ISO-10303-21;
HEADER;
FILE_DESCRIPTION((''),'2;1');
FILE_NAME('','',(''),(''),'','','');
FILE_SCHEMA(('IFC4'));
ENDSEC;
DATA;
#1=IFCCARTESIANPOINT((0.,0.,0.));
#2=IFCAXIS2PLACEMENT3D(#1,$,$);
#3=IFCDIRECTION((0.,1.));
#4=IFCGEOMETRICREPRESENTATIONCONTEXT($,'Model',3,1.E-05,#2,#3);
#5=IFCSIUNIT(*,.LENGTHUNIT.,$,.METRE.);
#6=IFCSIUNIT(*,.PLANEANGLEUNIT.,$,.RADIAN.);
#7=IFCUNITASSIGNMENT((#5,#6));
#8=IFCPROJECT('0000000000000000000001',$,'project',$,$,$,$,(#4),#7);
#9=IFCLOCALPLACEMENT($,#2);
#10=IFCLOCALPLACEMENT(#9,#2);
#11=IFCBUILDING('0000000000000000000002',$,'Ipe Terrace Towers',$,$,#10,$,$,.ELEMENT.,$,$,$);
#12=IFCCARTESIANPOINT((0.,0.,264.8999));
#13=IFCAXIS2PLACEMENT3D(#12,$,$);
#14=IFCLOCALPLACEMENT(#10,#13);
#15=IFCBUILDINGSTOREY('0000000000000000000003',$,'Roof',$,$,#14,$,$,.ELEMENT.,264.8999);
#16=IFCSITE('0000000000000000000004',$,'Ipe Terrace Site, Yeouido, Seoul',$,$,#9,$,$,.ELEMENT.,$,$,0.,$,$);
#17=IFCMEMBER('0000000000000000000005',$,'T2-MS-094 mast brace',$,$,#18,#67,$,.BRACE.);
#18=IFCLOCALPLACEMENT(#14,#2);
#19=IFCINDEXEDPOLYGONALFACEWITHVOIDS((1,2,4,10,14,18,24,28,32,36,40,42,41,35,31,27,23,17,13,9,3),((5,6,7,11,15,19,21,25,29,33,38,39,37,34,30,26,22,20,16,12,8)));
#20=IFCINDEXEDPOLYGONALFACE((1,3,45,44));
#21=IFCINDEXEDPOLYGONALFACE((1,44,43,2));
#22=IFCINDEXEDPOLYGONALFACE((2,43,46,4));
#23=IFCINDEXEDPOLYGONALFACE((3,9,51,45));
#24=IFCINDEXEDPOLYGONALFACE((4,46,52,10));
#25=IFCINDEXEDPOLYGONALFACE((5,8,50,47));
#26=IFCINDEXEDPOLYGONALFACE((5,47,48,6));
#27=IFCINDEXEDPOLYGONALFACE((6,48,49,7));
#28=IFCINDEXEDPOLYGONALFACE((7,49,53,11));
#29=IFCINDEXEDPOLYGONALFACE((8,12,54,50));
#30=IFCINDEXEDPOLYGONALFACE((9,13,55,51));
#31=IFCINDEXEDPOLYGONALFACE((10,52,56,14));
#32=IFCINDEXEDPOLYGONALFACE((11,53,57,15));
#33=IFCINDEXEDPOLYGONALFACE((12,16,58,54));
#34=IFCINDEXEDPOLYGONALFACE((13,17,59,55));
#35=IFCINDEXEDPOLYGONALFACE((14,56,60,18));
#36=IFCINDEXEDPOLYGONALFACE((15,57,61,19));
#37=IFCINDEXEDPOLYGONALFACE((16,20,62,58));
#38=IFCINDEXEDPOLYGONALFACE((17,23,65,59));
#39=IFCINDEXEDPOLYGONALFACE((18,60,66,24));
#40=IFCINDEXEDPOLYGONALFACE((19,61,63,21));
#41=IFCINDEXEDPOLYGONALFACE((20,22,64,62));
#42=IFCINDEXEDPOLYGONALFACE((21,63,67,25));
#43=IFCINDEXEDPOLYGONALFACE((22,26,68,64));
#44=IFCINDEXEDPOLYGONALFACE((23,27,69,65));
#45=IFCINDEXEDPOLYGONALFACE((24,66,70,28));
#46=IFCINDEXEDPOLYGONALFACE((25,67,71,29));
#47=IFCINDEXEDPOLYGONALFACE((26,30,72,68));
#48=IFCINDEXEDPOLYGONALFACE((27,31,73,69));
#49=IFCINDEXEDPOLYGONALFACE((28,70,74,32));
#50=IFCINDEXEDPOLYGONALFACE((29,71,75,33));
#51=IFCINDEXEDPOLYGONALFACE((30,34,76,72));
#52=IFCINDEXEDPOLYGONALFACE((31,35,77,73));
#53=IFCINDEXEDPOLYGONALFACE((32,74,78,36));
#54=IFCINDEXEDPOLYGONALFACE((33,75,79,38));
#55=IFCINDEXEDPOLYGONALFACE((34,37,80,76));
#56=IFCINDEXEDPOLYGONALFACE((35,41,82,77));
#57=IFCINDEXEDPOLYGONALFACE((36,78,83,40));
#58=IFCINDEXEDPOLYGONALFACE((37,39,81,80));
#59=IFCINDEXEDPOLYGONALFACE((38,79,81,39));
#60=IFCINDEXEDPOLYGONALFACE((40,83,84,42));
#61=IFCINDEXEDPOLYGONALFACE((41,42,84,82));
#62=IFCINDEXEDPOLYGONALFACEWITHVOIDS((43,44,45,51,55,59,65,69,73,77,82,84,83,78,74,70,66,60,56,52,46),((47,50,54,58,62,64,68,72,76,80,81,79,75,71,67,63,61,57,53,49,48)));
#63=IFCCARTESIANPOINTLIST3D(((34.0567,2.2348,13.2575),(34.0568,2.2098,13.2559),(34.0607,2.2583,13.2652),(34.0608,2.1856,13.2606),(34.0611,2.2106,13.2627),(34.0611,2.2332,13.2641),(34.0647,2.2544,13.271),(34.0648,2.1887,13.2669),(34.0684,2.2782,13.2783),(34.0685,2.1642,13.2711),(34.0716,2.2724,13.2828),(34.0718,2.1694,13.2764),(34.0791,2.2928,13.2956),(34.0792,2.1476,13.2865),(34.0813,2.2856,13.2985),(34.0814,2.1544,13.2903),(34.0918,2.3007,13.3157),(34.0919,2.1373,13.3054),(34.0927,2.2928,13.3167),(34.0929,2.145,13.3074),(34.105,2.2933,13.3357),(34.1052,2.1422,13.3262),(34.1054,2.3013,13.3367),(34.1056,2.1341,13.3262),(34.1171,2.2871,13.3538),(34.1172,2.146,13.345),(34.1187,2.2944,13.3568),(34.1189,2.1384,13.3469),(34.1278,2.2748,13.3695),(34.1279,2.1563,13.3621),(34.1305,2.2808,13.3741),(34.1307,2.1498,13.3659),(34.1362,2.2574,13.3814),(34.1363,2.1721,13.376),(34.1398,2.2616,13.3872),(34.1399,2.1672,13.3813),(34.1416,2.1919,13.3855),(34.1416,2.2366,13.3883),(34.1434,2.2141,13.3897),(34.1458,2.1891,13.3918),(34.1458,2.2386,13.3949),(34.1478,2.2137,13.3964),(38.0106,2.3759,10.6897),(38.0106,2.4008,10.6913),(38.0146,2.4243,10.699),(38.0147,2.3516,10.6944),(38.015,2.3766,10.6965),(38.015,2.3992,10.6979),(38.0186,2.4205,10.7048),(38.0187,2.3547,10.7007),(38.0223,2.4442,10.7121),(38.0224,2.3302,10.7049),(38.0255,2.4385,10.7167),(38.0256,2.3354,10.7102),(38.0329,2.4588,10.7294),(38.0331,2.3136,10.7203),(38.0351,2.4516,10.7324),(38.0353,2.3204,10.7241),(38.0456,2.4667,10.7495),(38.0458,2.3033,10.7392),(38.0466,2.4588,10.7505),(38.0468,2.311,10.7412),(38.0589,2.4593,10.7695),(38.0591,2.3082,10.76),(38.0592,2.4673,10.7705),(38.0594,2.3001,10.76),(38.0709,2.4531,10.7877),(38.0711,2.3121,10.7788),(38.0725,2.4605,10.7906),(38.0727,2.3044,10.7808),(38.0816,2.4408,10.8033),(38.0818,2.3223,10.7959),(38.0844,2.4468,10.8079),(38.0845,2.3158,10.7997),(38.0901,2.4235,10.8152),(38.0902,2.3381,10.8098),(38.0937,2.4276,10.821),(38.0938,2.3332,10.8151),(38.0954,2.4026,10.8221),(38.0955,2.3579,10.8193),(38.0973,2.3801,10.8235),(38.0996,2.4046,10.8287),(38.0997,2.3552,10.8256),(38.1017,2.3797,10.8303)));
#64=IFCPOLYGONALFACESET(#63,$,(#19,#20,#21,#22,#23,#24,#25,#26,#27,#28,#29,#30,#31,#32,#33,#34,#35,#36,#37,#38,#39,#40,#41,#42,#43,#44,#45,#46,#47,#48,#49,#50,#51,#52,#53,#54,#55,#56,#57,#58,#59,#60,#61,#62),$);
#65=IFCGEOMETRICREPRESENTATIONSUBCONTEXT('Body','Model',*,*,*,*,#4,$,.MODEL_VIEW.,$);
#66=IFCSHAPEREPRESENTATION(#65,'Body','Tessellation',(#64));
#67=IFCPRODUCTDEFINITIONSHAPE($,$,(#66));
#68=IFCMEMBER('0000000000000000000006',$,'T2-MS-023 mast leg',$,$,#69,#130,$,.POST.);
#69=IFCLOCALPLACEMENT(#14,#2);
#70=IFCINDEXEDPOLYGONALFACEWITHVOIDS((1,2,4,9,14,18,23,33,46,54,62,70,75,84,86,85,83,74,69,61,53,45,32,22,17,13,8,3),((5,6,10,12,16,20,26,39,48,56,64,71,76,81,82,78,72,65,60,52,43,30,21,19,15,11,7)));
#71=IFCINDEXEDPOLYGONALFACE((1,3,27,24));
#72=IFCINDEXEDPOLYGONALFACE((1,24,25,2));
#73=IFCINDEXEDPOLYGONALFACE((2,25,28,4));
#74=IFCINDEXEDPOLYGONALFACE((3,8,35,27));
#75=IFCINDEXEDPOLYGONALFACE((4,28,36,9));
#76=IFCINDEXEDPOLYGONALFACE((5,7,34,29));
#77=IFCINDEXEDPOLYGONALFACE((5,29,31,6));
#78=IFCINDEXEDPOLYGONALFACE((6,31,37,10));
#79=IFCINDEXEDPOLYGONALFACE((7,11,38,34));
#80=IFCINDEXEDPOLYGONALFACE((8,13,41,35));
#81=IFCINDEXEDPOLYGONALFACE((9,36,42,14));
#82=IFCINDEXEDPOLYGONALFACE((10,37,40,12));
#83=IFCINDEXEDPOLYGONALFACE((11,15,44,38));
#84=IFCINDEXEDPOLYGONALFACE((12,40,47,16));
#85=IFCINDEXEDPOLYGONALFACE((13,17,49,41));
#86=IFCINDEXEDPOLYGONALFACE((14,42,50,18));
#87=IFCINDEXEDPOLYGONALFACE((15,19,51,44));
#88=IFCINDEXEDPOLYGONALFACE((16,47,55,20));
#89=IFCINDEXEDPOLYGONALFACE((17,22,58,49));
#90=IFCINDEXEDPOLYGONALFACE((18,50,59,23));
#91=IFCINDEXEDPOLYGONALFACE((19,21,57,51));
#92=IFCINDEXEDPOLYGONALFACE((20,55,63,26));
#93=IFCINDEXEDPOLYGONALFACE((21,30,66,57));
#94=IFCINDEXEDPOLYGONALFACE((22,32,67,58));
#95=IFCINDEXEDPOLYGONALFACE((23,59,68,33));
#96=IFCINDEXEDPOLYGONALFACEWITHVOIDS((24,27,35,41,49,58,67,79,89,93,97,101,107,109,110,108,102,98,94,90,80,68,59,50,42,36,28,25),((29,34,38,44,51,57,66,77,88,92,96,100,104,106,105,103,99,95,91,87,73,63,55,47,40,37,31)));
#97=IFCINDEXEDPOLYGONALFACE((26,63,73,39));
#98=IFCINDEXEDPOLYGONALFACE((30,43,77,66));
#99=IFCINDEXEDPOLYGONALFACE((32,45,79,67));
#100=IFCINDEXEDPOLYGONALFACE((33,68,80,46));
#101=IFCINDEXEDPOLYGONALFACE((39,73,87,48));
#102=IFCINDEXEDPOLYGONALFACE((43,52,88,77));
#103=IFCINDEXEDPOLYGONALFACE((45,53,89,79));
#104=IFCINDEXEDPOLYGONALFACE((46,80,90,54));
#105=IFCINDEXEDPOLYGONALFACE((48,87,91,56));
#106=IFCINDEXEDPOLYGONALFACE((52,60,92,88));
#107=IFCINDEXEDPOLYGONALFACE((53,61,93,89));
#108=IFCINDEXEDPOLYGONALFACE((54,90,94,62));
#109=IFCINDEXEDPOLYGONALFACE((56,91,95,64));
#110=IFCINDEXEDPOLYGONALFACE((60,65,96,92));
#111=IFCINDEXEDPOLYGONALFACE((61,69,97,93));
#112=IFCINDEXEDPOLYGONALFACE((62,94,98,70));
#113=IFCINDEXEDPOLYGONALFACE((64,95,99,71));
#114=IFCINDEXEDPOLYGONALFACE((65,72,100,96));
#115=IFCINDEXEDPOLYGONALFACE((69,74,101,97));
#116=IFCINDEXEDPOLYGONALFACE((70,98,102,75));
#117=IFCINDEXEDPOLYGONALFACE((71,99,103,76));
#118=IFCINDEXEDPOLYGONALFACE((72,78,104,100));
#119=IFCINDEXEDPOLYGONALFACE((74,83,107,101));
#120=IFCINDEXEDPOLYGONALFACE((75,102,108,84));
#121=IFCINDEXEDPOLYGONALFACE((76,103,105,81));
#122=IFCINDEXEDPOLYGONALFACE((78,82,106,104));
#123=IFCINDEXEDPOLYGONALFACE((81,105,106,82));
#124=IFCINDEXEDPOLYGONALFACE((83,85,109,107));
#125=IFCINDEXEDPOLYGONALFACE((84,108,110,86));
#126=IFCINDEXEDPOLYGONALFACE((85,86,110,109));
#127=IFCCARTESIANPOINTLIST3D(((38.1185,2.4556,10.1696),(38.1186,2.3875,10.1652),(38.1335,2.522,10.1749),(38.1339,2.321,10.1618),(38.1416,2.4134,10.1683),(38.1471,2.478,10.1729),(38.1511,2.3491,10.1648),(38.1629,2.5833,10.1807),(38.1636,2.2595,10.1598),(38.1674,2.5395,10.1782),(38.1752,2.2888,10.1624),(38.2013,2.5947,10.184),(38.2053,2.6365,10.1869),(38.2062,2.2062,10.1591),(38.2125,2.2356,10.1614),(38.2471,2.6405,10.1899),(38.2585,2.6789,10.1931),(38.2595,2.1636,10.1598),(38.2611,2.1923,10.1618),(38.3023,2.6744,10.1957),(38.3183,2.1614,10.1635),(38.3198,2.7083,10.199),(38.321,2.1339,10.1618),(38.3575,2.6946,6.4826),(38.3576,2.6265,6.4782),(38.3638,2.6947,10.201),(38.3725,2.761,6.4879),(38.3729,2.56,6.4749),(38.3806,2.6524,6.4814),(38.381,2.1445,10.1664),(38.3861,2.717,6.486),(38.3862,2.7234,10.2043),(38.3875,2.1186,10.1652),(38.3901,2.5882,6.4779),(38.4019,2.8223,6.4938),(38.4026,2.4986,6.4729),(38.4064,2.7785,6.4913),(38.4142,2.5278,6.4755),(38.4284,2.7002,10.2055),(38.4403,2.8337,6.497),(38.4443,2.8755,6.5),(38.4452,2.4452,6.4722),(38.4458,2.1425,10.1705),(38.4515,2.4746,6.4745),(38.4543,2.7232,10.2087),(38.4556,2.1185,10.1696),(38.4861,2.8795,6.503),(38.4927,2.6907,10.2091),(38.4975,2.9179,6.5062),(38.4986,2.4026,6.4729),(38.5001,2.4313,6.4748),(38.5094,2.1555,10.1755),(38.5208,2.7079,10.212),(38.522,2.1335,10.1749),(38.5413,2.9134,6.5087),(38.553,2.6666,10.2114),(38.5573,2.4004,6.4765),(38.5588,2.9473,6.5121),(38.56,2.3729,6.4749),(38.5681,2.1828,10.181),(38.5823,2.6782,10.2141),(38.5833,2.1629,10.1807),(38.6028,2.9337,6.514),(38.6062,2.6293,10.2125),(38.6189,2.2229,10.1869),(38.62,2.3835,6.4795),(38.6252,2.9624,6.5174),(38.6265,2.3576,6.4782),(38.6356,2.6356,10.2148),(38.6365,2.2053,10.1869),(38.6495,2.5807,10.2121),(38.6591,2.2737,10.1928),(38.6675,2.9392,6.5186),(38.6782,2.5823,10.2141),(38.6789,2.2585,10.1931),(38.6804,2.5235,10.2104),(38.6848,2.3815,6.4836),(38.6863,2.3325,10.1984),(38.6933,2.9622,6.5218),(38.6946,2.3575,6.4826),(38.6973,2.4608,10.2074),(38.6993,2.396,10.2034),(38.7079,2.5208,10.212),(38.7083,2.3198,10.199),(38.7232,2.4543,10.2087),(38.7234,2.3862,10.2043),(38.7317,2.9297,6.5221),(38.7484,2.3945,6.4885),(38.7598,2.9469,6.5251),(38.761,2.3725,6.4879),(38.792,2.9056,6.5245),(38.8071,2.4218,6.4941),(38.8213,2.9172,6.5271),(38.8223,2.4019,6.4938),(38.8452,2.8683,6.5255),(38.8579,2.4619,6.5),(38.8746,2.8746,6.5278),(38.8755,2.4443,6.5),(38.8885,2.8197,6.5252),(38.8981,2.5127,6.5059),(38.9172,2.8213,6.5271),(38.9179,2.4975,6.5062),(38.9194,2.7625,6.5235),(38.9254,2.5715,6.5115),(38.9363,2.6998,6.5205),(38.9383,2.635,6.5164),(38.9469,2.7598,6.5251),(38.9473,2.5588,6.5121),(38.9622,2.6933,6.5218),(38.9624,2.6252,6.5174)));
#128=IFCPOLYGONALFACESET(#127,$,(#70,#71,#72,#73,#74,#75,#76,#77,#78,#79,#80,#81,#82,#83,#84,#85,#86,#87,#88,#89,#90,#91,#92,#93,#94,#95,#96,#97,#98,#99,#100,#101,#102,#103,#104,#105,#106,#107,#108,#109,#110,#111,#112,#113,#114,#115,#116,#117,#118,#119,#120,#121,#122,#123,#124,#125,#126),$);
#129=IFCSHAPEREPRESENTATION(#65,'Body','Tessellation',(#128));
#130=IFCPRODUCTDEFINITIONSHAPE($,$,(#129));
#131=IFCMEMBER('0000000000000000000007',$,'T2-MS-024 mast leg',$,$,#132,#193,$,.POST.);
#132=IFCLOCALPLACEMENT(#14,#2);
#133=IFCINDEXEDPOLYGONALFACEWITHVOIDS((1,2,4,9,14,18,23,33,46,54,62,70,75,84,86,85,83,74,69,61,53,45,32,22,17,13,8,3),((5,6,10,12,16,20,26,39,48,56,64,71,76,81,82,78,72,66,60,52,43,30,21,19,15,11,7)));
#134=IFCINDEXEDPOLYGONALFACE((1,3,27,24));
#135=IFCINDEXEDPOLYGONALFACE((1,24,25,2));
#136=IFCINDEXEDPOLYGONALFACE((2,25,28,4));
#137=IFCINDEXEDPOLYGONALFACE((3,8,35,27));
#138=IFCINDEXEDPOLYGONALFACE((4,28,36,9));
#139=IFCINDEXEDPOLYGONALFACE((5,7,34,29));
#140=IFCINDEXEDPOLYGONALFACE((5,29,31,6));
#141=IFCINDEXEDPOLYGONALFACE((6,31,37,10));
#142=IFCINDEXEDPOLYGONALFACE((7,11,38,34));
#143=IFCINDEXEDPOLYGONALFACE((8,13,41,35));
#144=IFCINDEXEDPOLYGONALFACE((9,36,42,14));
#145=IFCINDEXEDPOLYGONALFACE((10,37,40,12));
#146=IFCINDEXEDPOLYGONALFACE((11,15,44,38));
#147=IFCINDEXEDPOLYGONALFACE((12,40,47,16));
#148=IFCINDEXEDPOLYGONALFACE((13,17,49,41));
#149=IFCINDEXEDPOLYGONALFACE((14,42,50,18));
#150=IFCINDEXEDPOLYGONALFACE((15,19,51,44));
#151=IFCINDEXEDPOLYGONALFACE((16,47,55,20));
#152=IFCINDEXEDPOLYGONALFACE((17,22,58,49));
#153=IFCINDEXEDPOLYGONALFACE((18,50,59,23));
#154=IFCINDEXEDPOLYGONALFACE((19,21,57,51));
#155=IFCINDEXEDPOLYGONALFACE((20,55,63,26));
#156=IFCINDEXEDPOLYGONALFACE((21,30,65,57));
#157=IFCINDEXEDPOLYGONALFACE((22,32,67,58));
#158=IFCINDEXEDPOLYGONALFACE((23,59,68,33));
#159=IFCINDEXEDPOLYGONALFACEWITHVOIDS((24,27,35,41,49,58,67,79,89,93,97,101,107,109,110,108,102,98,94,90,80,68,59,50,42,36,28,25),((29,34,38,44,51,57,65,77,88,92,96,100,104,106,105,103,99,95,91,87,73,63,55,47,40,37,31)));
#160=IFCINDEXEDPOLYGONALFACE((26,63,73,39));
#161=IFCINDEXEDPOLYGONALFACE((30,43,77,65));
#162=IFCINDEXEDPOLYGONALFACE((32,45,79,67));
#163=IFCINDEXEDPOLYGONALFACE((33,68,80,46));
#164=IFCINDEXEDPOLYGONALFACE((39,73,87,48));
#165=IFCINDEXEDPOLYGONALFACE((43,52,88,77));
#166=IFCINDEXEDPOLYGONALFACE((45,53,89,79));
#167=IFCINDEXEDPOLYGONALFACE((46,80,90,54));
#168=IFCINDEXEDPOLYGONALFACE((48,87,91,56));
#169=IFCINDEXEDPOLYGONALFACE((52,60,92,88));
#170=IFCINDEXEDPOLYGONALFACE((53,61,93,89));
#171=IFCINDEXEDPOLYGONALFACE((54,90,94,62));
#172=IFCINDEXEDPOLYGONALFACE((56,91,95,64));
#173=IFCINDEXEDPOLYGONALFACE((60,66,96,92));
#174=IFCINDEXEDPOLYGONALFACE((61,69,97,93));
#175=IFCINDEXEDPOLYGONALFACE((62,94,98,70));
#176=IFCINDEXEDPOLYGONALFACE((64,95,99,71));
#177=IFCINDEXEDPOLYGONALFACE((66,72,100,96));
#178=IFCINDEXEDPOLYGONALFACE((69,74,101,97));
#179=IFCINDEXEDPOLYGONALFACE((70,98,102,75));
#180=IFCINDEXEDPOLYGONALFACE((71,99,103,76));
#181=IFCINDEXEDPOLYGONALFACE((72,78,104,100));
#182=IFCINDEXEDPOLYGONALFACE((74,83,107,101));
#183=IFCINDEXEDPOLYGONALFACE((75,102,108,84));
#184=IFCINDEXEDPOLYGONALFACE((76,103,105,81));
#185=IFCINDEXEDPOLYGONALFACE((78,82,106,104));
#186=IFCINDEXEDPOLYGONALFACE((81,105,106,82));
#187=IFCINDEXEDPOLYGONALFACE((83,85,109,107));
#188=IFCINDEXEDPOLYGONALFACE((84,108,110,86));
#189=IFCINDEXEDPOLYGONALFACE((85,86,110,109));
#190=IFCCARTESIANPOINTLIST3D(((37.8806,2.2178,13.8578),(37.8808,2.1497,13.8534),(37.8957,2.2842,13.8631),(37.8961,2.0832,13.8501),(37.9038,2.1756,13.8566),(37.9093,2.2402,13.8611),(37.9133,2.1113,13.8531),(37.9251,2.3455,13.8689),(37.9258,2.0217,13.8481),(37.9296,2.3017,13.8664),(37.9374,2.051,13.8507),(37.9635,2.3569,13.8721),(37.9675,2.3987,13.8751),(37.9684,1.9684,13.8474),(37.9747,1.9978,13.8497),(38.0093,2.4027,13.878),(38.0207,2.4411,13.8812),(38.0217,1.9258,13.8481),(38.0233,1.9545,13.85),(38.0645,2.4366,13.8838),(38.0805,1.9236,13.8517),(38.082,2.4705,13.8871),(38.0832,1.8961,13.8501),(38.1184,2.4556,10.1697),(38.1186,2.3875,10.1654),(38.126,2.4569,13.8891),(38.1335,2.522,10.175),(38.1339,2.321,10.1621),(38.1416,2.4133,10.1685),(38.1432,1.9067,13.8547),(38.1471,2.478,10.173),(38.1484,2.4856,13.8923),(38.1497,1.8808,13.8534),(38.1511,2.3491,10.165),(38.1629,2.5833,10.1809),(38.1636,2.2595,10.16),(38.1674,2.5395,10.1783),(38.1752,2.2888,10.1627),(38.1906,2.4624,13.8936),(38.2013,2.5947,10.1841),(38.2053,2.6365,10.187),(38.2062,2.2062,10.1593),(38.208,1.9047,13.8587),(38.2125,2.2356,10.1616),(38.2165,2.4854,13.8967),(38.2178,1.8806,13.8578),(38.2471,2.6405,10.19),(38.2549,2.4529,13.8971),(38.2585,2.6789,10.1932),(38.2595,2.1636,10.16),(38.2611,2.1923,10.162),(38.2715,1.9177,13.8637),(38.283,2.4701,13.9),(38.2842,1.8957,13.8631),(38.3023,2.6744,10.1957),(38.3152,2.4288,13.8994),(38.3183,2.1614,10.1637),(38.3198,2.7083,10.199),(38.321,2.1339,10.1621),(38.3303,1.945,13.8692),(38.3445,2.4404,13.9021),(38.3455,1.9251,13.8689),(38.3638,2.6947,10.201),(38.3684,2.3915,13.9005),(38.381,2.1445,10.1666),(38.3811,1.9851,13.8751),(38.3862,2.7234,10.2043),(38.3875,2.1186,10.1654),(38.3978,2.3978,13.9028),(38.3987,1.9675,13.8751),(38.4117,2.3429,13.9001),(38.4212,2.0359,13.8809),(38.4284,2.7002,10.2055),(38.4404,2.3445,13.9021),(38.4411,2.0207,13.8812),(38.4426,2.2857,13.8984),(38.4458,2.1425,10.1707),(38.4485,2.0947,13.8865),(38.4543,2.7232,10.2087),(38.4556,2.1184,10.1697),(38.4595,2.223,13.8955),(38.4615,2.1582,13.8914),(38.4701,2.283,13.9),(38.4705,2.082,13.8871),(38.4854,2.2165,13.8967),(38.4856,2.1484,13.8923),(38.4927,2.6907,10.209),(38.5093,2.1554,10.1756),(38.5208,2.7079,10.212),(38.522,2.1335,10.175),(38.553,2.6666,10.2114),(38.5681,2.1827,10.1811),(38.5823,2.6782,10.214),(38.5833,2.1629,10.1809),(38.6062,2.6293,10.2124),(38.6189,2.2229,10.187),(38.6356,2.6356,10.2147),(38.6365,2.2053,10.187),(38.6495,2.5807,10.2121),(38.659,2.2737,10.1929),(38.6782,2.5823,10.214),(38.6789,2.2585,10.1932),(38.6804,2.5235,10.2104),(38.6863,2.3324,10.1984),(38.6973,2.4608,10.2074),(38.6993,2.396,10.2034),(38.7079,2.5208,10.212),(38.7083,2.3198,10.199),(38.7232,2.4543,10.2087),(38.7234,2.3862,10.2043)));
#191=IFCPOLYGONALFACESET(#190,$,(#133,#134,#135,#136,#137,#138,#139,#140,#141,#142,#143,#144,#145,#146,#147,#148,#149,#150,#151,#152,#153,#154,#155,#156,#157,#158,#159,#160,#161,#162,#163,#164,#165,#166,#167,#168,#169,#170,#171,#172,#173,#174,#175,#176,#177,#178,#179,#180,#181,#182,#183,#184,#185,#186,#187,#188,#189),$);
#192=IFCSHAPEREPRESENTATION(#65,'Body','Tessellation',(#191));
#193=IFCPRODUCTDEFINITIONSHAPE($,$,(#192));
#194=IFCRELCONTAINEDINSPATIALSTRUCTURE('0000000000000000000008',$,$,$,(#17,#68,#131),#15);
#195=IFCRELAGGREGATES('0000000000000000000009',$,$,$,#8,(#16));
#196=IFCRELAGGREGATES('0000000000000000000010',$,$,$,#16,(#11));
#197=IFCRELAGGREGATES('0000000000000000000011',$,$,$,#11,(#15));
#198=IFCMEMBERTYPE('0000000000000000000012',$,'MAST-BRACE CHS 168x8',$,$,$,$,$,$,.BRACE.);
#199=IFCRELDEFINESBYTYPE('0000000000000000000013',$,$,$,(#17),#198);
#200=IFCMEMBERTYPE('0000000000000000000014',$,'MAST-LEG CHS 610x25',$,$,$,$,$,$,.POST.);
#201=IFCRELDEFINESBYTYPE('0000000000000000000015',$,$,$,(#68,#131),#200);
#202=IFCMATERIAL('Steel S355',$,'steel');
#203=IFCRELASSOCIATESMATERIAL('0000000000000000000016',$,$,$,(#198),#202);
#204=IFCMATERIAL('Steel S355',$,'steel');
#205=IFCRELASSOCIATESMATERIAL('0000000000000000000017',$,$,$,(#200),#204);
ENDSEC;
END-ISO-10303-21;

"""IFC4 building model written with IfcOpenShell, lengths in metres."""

from ifc_helpers import new_model, si_unit, direction, frame, origin, origin_2d, place, context, subcontext, project, spatial, hollow_circle, extrude, material, material_profile, profile_set, type_object, element, save


model = new_model("IFC4")

# Units and contexts
model_context = context("Model", 3, precision=1e-05, world=origin(), true_north=direction((0.0, 1.0)))
body_context = subcontext(model_context, "Body", "Model", "MODEL_VIEW")
ifc_project = project(units=[si_unit("LENGTHUNIT", "METRE"), si_unit("PLANEANGLEUNIT", "RADIAN")], contexts=[model_context])

# Site, building, storey
site_placement = place(None, origin())
site = spatial("IfcSite", under=ifc_project, at=site_placement, Name="Ipe Terrace Site, Yeouido, Seoul", CompositionType="ELEMENT", RefElevation=0.0)
building_placement = place(site_placement, origin())
building = spatial("IfcBuilding", under=site, at=building_placement, Name="Ipe Terrace Towers", CompositionType="ELEMENT")
storey_placement = place(building_placement, frame((0.0, 0.0, 264.8999)))
storey = spatial("IfcBuildingStorey", under=building, at=storey_placement, Name="Roof", CompositionType="ELEMENT", Elevation=264.8999)

# Members
ifc_material_1 = material(Name="Steel S355", Category="steel")
ifc_material_profile_1 = material_profile(ifc_material_1, hollow_circle(Radius=0.084, WallThickness=0.0081, at=origin_2d()), Name="MAST-BRACE CHS 168x8")
ifc_profile_set_1 = profile_set([ifc_material_profile_1], Name="Steel S355")
member_type_1 = type_object("IfcMemberType", Name="MAST-BRACE CHS 168x8", PredefinedType="BRACE", material=ifc_profile_set_1)
for number, where, z_axis, x_axis, name in (
    (1, (38.0559, 2.384, 10.76), (-0.838296, -0.035199, 0.544077), (0.041951, -0.99912, 0.0), "T2-MS-094 mast brace"),
):
    element("IfcMember", number, at=place(storey_placement, frame(where, z_axis=z_axis, x_axis=x_axis)), inside=storey, type_object=member_type_1, Name=name, PredefinedType="BRACE", context=body_context, shape_type="SweptSolid", body=[
        extrude(hollow_circle(Radius=0.084, WallThickness=0.0081, at=origin_2d()), origin(), (0.0, 0.0, 1.0), 4.7166),
    ])
ifc_material_2 = material(Name="Steel S355", Category="steel")
ifc_material_profile_2 = material_profile(ifc_material_2, hollow_circle(Radius=0.3049, WallThickness=0.0249, at=origin_2d()), Name="MAST-LEG CHS 610x25")
ifc_profile_set_2 = profile_set([ifc_material_profile_2], Name="Steel S355")
member_type_2 = type_object("IfcMemberType", Name="MAST-LEG CHS 610x25", PredefinedType="POST", material=ifc_profile_set_2)
member_1_placement = place(storey_placement, frame((38.6599, 2.6599, 6.5), z_axis=(-0.064555, -0.064555, 0.995824), x_axis=(0.707107, -0.707107, 0.0)))
element("IfcMember", 2, at=member_1_placement, inside=storey, type_object=member_type_2, Name="T2-MS-023 mast leg", PredefinedType="POST", context=body_context, shape_type="SweptSolid", body=[
    extrude(hollow_circle(Radius=0.3049, WallThickness=0.0249, at=origin_2d()), origin(), (0.0, 0.0, 1.0), 3.7024),
])
member_2_placement = place(storey_placement, frame((38.4209, 2.4209, 10.187), z_axis=(-0.064211, -0.064211, 0.995868), x_axis=(0.707107, -0.707107, 0.0)))
element("IfcMember", 3, at=member_2_placement, inside=storey, type_object=member_type_2, Name="T2-MS-024 mast leg", PredefinedType="POST", context=body_context, shape_type="SweptSolid", body=[
    extrude(hollow_circle(Radius=0.3049, WallThickness=0.0249, at=origin_2d()), origin(), (0.0, 0.0, 1.0), 3.7034),
])

save(model, "model.ifc")
